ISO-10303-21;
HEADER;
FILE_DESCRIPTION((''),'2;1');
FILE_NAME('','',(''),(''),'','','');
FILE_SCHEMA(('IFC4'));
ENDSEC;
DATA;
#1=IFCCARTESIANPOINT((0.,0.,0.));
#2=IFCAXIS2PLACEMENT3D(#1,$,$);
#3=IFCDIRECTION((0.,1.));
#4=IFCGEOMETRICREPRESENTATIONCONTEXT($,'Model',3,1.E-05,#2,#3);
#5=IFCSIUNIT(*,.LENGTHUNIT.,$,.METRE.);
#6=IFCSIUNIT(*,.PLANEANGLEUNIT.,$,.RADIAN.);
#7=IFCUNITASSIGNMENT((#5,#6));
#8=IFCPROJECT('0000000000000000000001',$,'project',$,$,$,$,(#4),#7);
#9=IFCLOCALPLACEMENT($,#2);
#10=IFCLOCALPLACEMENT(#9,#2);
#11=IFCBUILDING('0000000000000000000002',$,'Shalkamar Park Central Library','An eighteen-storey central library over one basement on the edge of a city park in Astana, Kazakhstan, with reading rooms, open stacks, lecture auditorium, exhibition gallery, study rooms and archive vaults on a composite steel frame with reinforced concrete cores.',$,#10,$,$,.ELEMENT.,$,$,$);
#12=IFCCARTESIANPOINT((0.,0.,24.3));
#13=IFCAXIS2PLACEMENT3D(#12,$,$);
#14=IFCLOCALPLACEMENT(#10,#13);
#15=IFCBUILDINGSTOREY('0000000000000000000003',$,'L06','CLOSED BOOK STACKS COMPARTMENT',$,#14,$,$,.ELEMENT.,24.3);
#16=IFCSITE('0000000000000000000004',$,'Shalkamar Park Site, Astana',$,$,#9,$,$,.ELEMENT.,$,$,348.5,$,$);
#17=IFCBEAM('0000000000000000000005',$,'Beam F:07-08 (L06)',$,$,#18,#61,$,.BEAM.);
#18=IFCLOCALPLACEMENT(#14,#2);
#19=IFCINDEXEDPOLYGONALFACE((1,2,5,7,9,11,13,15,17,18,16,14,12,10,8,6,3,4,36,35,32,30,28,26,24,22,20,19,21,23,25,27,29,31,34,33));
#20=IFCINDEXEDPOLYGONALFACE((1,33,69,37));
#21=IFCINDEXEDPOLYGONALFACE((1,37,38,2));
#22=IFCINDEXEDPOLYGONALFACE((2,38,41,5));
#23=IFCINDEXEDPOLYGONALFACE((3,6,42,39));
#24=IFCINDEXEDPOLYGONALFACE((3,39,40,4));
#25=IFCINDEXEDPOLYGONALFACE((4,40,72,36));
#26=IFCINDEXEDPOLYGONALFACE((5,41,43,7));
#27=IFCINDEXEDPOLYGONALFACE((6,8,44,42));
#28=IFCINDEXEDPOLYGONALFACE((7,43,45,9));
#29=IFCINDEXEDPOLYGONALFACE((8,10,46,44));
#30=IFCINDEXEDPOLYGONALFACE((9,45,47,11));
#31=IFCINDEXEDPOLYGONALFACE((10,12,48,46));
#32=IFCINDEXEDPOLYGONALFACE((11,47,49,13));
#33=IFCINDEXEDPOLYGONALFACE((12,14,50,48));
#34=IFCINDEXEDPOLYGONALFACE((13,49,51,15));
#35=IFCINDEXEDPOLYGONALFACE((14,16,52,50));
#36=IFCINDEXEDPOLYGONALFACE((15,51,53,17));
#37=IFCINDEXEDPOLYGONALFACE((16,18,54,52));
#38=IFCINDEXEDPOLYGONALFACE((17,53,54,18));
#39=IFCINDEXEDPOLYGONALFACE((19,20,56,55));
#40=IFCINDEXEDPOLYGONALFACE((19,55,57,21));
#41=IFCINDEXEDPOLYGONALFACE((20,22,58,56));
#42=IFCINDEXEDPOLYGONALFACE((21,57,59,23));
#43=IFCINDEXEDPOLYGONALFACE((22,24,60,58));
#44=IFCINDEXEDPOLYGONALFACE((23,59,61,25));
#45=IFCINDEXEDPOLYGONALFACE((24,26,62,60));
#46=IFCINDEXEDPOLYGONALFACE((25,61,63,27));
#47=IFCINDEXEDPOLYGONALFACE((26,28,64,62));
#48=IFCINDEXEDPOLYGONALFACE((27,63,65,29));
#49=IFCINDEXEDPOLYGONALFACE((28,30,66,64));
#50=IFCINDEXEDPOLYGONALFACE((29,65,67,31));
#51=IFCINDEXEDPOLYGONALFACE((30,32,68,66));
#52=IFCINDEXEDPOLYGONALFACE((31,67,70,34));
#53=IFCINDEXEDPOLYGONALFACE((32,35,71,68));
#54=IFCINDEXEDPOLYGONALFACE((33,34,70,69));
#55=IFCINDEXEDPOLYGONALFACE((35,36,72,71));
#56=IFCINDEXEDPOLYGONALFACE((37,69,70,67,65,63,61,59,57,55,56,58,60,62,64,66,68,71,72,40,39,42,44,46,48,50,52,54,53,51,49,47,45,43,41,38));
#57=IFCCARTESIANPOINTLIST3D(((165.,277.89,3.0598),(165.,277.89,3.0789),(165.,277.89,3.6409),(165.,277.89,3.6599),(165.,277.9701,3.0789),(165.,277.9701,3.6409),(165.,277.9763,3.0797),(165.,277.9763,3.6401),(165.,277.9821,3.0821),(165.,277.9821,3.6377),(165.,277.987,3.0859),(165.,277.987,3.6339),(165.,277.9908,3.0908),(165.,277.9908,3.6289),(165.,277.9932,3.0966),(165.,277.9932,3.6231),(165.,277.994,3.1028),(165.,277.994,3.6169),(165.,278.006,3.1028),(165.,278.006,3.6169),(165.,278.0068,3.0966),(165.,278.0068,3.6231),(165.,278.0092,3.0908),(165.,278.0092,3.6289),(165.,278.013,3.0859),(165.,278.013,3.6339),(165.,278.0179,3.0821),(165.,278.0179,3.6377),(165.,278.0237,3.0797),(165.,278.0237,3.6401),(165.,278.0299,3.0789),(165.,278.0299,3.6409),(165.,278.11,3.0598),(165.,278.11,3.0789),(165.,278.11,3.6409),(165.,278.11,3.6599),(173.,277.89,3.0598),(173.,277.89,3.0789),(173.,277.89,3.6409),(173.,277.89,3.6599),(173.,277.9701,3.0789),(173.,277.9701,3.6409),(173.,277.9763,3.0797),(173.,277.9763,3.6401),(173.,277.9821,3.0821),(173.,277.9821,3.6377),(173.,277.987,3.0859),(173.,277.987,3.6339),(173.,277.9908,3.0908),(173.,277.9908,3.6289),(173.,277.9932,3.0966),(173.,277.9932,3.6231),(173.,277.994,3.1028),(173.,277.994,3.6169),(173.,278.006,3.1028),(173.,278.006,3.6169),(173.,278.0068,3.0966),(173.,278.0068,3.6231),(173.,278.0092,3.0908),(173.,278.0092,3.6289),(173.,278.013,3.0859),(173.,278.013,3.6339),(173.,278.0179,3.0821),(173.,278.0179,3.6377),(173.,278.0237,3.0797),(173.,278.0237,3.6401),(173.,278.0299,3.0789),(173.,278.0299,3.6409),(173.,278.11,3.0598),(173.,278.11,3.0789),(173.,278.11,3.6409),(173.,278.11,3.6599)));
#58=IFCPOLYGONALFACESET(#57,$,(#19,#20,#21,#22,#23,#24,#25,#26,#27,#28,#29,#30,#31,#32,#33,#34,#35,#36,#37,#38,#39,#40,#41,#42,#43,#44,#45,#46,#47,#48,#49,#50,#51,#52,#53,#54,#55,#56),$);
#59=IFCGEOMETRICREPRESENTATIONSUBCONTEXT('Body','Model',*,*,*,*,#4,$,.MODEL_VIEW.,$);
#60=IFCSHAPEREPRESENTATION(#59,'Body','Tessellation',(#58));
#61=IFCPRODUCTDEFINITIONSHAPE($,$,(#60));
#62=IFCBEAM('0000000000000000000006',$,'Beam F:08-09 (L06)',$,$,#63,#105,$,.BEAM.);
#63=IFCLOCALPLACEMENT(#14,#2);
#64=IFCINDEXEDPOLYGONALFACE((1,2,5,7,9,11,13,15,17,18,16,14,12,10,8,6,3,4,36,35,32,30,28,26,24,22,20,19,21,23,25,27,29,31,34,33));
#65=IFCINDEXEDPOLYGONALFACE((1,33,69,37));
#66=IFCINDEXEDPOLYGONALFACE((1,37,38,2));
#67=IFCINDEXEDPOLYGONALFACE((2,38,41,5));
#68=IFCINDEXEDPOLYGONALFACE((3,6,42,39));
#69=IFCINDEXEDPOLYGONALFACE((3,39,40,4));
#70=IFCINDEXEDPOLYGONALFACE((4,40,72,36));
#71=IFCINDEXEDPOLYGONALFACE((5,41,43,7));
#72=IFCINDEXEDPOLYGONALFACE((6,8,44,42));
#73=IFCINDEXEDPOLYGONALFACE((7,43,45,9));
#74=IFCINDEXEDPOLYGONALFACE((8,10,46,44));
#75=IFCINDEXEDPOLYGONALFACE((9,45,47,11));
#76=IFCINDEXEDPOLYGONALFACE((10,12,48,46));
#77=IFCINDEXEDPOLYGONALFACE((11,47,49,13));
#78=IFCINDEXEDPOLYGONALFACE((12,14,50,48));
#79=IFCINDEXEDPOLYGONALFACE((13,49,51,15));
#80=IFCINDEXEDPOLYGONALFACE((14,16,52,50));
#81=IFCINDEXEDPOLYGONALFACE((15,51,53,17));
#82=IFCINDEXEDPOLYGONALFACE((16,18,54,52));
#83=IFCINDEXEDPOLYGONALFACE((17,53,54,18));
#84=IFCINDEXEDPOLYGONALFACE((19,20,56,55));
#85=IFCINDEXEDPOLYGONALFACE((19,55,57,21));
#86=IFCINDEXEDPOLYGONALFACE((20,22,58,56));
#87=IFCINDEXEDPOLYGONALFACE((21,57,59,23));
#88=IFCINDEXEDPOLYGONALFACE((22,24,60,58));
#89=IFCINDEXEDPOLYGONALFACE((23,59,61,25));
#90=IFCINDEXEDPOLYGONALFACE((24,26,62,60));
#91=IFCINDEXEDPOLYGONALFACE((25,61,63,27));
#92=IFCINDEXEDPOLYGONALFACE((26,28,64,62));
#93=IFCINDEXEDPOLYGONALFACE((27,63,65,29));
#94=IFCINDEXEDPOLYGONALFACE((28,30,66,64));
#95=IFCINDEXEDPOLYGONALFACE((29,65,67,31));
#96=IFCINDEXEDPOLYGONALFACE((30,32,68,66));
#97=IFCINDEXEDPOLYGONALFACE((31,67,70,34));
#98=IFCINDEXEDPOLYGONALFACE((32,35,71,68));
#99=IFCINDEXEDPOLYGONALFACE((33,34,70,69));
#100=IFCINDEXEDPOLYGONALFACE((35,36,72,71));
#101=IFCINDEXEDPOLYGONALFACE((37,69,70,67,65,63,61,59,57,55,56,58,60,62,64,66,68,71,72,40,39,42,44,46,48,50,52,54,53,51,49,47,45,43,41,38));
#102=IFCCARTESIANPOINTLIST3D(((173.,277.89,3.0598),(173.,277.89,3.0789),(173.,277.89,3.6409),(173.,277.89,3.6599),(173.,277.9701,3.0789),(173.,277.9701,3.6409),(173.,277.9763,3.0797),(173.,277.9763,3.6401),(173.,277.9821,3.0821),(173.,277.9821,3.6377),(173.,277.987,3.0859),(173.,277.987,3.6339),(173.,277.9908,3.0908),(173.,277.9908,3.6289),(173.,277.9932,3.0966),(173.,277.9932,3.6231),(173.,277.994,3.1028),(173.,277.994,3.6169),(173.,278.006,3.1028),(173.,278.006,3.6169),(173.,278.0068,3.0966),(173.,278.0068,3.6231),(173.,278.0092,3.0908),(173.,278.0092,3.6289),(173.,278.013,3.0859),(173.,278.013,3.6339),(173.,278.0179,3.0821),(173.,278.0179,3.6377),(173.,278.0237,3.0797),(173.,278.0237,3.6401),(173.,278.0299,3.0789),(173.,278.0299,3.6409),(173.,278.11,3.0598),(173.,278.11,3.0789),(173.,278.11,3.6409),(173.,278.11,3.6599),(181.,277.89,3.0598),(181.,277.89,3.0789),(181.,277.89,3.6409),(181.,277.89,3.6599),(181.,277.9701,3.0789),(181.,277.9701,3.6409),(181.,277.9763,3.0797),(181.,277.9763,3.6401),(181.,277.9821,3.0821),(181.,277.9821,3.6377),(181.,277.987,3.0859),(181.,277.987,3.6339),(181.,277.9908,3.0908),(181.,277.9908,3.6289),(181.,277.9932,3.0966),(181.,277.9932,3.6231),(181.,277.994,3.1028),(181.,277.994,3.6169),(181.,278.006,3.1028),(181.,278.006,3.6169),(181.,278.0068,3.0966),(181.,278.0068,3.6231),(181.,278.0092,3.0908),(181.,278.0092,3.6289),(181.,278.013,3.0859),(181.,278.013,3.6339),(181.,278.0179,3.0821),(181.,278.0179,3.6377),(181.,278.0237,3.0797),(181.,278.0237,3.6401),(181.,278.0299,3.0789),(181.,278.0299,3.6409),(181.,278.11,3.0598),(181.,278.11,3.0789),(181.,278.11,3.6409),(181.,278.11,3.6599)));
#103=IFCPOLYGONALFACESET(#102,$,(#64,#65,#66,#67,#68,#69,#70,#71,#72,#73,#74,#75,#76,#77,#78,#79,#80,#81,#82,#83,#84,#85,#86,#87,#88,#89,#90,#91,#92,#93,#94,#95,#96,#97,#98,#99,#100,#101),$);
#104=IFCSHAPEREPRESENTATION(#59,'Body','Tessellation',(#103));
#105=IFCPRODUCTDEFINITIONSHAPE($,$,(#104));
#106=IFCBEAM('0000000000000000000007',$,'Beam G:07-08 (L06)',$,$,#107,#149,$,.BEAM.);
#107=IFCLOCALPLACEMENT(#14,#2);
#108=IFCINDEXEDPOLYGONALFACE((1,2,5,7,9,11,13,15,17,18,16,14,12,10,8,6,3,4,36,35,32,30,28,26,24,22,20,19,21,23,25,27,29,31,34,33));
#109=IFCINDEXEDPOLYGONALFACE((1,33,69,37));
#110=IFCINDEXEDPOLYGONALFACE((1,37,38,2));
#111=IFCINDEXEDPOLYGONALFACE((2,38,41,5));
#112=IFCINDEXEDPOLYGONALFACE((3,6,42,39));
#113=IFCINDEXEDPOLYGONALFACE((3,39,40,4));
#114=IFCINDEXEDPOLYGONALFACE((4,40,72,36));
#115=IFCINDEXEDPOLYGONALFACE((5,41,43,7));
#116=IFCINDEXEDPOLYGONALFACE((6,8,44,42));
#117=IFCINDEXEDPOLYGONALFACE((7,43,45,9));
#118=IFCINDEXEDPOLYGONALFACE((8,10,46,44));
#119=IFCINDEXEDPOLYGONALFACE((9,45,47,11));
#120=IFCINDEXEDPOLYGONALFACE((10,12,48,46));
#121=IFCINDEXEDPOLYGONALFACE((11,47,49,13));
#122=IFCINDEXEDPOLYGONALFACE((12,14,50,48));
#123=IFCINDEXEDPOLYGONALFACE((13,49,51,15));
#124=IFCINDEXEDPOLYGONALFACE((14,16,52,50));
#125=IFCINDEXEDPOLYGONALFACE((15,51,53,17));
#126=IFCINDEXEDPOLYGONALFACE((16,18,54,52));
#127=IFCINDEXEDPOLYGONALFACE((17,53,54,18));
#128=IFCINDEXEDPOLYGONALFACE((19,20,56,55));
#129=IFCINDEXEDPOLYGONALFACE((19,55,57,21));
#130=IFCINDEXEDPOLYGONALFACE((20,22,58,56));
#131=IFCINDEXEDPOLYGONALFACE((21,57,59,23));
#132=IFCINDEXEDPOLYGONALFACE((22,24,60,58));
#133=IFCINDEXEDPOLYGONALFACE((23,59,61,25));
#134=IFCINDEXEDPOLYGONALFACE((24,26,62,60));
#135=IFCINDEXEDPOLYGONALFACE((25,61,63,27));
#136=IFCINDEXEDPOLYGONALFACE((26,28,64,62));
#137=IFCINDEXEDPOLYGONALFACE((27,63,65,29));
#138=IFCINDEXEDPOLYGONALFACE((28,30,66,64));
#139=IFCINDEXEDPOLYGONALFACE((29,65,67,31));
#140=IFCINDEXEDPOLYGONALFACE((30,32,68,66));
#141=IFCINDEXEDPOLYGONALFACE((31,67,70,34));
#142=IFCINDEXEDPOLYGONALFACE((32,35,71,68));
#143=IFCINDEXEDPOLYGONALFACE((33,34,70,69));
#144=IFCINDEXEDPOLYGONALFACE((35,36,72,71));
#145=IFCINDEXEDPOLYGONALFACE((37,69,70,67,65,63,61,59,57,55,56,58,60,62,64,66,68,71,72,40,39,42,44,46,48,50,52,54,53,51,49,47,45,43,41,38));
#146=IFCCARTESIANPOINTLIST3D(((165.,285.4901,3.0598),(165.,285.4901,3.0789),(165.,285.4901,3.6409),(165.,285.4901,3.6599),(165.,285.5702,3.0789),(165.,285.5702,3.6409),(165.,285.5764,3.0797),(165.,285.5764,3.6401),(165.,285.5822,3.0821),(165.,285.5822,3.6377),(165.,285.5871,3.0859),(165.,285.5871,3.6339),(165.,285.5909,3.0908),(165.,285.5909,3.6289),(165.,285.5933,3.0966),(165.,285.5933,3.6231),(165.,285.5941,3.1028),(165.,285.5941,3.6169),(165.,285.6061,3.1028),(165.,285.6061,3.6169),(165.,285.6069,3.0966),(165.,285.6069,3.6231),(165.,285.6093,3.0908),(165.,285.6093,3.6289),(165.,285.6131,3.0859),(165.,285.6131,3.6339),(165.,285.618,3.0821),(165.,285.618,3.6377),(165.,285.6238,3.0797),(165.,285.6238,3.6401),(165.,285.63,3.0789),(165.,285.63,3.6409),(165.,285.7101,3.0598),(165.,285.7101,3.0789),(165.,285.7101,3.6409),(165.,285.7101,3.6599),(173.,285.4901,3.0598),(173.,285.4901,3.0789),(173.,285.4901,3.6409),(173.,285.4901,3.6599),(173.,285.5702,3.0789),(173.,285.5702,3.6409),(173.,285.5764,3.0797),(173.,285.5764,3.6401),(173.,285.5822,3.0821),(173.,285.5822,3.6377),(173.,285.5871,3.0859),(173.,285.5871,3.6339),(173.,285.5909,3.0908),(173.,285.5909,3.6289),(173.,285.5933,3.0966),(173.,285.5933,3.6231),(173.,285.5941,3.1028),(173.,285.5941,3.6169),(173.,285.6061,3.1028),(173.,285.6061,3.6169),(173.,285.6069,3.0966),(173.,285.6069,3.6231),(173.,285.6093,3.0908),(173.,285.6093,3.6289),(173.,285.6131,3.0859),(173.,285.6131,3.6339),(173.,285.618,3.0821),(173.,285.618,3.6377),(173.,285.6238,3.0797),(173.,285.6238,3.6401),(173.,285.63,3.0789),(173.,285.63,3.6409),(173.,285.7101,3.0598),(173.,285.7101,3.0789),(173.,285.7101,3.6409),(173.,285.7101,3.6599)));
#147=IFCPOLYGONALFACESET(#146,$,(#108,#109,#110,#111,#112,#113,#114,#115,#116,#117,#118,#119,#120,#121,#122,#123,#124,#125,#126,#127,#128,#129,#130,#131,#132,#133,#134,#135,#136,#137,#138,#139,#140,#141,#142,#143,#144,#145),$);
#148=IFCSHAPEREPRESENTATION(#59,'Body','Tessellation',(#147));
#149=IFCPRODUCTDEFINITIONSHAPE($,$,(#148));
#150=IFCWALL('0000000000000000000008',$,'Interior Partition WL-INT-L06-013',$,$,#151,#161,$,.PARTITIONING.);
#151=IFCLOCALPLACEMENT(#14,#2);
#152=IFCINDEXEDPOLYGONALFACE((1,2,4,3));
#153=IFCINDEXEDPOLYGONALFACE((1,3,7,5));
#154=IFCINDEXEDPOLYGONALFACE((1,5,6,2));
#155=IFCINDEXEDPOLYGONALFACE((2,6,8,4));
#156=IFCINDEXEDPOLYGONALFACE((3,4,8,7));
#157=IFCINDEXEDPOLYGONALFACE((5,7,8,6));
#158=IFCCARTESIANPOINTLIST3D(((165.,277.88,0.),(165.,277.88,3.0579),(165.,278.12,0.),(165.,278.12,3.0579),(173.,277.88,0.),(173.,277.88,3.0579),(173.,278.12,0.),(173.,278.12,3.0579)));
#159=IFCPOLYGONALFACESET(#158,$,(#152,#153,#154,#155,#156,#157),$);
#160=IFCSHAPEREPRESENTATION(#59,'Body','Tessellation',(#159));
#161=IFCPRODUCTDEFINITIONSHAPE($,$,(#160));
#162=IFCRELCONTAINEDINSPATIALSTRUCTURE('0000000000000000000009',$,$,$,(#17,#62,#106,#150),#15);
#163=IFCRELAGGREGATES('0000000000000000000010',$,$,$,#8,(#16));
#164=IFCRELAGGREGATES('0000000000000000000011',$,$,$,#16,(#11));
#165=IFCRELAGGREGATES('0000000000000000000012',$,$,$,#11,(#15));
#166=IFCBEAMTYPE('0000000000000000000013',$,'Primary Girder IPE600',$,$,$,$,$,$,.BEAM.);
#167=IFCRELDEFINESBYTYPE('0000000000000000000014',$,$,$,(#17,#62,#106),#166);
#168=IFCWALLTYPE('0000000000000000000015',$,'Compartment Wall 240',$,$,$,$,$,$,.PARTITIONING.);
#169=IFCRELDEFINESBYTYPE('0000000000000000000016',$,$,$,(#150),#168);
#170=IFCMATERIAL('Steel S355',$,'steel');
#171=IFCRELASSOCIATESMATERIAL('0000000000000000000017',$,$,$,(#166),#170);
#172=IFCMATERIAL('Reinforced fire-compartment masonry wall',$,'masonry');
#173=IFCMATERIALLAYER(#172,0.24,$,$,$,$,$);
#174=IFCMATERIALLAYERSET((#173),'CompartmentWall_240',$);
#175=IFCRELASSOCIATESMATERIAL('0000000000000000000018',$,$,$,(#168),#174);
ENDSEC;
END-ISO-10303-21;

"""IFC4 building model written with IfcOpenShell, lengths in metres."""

from ifc_helpers import new_model, si_unit, direction, frame, frame_2d, origin, origin_2d, place, context, subcontext, project, spatial, rectangle, i_section, extrude, material, layer, layer_set, material_profile, profile_set, type_object, element, save


model = new_model("IFC4")

# Units and contexts
model_context = context("Model", 3, precision=1e-05, world=origin(), true_north=direction((0.0, 1.0)))
body_context = subcontext(model_context, "Body", "Model", "MODEL_VIEW")
ifc_project = project(units=[si_unit("LENGTHUNIT", "METRE"), si_unit("PLANEANGLEUNIT", "RADIAN")], contexts=[model_context])

# Site, building, storey
site_placement = place(None, origin())
site = spatial("IfcSite", under=ifc_project, at=site_placement, Name="Shalkamar Park Site, Astana", CompositionType="ELEMENT", RefElevation=348.5)
building_placement = place(site_placement, origin())
building = spatial("IfcBuilding", under=site, at=building_placement, Name="Shalkamar Park Central Library", Description="An eighteen-storey central library over one basement on the edge of a city park in Astana, Kazakhstan, with reading rooms, open stacks, lecture auditorium, exhibition gallery, study rooms and archive vaults on a composite steel frame with reinforced concrete cores.", CompositionType="ELEMENT")
storey_placement = place(building_placement, frame((0.0, 0.0, 24.3)))
storey = spatial("IfcBuildingStorey", under=building, at=storey_placement, Name="L06", Description="CLOSED BOOK STACKS COMPARTMENT", CompositionType="ELEMENT", Elevation=24.3)

# Shared definitions
ifc_material_1 = material(Name="Steel S355", Category="steel")

# Beams
ifc_material_profile_1 = material_profile(ifc_material_1, i_section(OverallWidth=0.22, OverallDepth=0.6001, WebThickness=0.012, FlangeThickness=0.019, FilletRadius=0.0239, at=origin_2d()), Name="IPE 600")
ifc_profile_set_1 = profile_set([ifc_material_profile_1], Name="Steel S355")
beam_type_1 = type_object("IfcBeamType", Name="Primary Girder IPE600", PredefinedType="BEAM", material=ifc_profile_set_1)
for number, where, z_axis, x_axis, name in (
    (1, (165.0, 278.0, 3.3599), (1.0, 0.0, 0.0), (0.0, 1.0, 0.0), "Beam F:07-08 (L06)"),
    (2, (173.0, 278.0, 3.3599), (1.0, 0.0, 0.0), (0.0, 1.0, 0.0), "Beam F:08-09 (L06)"),
    (3, (165.0, 285.6001, 3.3599), (1.0, 0.0, 0.0), (0.0, 1.0, 0.0), "Beam G:07-08 (L06)"),
):
    element("IfcBeam", number, at=place(storey_placement, frame(where, z_axis=z_axis, x_axis=x_axis)), inside=storey, type_object=beam_type_1, Name=name, PredefinedType="BEAM", context=body_context, shape_type="SweptSolid", body=[
        extrude(i_section(OverallWidth=0.22, OverallDepth=0.6001, WebThickness=0.012, FlangeThickness=0.019, FilletRadius=0.0239, at=origin_2d()), origin(), (0.0, 0.0, 1.0), 8.0),
    ])

# Wall
ifc_material_2 = material(Name="Reinforced fire-compartment masonry wall", Category="masonry")
ifc_layer_1 = layer(ifc_material_2, 0.24)
ifc_layer_set_1 = layer_set([ifc_layer_1], Name="CompartmentWall_240")
wall_type_1 = type_object("IfcWallType", Name="Compartment Wall 240", PredefinedType="PARTITIONING", material=ifc_layer_set_1)
wall_1_placement = place(storey_placement, frame((165.0, 278.0, 0.0), z_axis=(0.0, 0.0, 1.0), x_axis=(1.0, 0.0, 0.0)))
element("IfcWall", 4, at=wall_1_placement, inside=storey, type_object=wall_type_1, Name="Interior Partition WL-INT-L06-013", PredefinedType="PARTITIONING", context=body_context, shape_type="SweptSolid", body=[
    extrude(rectangle(XDim=8.0, YDim=0.24, at=frame_2d((4.0, 0.0))), origin(), (0.0, 0.0, 1.0), 3.0579),
])

save(model, "model.ifc")
